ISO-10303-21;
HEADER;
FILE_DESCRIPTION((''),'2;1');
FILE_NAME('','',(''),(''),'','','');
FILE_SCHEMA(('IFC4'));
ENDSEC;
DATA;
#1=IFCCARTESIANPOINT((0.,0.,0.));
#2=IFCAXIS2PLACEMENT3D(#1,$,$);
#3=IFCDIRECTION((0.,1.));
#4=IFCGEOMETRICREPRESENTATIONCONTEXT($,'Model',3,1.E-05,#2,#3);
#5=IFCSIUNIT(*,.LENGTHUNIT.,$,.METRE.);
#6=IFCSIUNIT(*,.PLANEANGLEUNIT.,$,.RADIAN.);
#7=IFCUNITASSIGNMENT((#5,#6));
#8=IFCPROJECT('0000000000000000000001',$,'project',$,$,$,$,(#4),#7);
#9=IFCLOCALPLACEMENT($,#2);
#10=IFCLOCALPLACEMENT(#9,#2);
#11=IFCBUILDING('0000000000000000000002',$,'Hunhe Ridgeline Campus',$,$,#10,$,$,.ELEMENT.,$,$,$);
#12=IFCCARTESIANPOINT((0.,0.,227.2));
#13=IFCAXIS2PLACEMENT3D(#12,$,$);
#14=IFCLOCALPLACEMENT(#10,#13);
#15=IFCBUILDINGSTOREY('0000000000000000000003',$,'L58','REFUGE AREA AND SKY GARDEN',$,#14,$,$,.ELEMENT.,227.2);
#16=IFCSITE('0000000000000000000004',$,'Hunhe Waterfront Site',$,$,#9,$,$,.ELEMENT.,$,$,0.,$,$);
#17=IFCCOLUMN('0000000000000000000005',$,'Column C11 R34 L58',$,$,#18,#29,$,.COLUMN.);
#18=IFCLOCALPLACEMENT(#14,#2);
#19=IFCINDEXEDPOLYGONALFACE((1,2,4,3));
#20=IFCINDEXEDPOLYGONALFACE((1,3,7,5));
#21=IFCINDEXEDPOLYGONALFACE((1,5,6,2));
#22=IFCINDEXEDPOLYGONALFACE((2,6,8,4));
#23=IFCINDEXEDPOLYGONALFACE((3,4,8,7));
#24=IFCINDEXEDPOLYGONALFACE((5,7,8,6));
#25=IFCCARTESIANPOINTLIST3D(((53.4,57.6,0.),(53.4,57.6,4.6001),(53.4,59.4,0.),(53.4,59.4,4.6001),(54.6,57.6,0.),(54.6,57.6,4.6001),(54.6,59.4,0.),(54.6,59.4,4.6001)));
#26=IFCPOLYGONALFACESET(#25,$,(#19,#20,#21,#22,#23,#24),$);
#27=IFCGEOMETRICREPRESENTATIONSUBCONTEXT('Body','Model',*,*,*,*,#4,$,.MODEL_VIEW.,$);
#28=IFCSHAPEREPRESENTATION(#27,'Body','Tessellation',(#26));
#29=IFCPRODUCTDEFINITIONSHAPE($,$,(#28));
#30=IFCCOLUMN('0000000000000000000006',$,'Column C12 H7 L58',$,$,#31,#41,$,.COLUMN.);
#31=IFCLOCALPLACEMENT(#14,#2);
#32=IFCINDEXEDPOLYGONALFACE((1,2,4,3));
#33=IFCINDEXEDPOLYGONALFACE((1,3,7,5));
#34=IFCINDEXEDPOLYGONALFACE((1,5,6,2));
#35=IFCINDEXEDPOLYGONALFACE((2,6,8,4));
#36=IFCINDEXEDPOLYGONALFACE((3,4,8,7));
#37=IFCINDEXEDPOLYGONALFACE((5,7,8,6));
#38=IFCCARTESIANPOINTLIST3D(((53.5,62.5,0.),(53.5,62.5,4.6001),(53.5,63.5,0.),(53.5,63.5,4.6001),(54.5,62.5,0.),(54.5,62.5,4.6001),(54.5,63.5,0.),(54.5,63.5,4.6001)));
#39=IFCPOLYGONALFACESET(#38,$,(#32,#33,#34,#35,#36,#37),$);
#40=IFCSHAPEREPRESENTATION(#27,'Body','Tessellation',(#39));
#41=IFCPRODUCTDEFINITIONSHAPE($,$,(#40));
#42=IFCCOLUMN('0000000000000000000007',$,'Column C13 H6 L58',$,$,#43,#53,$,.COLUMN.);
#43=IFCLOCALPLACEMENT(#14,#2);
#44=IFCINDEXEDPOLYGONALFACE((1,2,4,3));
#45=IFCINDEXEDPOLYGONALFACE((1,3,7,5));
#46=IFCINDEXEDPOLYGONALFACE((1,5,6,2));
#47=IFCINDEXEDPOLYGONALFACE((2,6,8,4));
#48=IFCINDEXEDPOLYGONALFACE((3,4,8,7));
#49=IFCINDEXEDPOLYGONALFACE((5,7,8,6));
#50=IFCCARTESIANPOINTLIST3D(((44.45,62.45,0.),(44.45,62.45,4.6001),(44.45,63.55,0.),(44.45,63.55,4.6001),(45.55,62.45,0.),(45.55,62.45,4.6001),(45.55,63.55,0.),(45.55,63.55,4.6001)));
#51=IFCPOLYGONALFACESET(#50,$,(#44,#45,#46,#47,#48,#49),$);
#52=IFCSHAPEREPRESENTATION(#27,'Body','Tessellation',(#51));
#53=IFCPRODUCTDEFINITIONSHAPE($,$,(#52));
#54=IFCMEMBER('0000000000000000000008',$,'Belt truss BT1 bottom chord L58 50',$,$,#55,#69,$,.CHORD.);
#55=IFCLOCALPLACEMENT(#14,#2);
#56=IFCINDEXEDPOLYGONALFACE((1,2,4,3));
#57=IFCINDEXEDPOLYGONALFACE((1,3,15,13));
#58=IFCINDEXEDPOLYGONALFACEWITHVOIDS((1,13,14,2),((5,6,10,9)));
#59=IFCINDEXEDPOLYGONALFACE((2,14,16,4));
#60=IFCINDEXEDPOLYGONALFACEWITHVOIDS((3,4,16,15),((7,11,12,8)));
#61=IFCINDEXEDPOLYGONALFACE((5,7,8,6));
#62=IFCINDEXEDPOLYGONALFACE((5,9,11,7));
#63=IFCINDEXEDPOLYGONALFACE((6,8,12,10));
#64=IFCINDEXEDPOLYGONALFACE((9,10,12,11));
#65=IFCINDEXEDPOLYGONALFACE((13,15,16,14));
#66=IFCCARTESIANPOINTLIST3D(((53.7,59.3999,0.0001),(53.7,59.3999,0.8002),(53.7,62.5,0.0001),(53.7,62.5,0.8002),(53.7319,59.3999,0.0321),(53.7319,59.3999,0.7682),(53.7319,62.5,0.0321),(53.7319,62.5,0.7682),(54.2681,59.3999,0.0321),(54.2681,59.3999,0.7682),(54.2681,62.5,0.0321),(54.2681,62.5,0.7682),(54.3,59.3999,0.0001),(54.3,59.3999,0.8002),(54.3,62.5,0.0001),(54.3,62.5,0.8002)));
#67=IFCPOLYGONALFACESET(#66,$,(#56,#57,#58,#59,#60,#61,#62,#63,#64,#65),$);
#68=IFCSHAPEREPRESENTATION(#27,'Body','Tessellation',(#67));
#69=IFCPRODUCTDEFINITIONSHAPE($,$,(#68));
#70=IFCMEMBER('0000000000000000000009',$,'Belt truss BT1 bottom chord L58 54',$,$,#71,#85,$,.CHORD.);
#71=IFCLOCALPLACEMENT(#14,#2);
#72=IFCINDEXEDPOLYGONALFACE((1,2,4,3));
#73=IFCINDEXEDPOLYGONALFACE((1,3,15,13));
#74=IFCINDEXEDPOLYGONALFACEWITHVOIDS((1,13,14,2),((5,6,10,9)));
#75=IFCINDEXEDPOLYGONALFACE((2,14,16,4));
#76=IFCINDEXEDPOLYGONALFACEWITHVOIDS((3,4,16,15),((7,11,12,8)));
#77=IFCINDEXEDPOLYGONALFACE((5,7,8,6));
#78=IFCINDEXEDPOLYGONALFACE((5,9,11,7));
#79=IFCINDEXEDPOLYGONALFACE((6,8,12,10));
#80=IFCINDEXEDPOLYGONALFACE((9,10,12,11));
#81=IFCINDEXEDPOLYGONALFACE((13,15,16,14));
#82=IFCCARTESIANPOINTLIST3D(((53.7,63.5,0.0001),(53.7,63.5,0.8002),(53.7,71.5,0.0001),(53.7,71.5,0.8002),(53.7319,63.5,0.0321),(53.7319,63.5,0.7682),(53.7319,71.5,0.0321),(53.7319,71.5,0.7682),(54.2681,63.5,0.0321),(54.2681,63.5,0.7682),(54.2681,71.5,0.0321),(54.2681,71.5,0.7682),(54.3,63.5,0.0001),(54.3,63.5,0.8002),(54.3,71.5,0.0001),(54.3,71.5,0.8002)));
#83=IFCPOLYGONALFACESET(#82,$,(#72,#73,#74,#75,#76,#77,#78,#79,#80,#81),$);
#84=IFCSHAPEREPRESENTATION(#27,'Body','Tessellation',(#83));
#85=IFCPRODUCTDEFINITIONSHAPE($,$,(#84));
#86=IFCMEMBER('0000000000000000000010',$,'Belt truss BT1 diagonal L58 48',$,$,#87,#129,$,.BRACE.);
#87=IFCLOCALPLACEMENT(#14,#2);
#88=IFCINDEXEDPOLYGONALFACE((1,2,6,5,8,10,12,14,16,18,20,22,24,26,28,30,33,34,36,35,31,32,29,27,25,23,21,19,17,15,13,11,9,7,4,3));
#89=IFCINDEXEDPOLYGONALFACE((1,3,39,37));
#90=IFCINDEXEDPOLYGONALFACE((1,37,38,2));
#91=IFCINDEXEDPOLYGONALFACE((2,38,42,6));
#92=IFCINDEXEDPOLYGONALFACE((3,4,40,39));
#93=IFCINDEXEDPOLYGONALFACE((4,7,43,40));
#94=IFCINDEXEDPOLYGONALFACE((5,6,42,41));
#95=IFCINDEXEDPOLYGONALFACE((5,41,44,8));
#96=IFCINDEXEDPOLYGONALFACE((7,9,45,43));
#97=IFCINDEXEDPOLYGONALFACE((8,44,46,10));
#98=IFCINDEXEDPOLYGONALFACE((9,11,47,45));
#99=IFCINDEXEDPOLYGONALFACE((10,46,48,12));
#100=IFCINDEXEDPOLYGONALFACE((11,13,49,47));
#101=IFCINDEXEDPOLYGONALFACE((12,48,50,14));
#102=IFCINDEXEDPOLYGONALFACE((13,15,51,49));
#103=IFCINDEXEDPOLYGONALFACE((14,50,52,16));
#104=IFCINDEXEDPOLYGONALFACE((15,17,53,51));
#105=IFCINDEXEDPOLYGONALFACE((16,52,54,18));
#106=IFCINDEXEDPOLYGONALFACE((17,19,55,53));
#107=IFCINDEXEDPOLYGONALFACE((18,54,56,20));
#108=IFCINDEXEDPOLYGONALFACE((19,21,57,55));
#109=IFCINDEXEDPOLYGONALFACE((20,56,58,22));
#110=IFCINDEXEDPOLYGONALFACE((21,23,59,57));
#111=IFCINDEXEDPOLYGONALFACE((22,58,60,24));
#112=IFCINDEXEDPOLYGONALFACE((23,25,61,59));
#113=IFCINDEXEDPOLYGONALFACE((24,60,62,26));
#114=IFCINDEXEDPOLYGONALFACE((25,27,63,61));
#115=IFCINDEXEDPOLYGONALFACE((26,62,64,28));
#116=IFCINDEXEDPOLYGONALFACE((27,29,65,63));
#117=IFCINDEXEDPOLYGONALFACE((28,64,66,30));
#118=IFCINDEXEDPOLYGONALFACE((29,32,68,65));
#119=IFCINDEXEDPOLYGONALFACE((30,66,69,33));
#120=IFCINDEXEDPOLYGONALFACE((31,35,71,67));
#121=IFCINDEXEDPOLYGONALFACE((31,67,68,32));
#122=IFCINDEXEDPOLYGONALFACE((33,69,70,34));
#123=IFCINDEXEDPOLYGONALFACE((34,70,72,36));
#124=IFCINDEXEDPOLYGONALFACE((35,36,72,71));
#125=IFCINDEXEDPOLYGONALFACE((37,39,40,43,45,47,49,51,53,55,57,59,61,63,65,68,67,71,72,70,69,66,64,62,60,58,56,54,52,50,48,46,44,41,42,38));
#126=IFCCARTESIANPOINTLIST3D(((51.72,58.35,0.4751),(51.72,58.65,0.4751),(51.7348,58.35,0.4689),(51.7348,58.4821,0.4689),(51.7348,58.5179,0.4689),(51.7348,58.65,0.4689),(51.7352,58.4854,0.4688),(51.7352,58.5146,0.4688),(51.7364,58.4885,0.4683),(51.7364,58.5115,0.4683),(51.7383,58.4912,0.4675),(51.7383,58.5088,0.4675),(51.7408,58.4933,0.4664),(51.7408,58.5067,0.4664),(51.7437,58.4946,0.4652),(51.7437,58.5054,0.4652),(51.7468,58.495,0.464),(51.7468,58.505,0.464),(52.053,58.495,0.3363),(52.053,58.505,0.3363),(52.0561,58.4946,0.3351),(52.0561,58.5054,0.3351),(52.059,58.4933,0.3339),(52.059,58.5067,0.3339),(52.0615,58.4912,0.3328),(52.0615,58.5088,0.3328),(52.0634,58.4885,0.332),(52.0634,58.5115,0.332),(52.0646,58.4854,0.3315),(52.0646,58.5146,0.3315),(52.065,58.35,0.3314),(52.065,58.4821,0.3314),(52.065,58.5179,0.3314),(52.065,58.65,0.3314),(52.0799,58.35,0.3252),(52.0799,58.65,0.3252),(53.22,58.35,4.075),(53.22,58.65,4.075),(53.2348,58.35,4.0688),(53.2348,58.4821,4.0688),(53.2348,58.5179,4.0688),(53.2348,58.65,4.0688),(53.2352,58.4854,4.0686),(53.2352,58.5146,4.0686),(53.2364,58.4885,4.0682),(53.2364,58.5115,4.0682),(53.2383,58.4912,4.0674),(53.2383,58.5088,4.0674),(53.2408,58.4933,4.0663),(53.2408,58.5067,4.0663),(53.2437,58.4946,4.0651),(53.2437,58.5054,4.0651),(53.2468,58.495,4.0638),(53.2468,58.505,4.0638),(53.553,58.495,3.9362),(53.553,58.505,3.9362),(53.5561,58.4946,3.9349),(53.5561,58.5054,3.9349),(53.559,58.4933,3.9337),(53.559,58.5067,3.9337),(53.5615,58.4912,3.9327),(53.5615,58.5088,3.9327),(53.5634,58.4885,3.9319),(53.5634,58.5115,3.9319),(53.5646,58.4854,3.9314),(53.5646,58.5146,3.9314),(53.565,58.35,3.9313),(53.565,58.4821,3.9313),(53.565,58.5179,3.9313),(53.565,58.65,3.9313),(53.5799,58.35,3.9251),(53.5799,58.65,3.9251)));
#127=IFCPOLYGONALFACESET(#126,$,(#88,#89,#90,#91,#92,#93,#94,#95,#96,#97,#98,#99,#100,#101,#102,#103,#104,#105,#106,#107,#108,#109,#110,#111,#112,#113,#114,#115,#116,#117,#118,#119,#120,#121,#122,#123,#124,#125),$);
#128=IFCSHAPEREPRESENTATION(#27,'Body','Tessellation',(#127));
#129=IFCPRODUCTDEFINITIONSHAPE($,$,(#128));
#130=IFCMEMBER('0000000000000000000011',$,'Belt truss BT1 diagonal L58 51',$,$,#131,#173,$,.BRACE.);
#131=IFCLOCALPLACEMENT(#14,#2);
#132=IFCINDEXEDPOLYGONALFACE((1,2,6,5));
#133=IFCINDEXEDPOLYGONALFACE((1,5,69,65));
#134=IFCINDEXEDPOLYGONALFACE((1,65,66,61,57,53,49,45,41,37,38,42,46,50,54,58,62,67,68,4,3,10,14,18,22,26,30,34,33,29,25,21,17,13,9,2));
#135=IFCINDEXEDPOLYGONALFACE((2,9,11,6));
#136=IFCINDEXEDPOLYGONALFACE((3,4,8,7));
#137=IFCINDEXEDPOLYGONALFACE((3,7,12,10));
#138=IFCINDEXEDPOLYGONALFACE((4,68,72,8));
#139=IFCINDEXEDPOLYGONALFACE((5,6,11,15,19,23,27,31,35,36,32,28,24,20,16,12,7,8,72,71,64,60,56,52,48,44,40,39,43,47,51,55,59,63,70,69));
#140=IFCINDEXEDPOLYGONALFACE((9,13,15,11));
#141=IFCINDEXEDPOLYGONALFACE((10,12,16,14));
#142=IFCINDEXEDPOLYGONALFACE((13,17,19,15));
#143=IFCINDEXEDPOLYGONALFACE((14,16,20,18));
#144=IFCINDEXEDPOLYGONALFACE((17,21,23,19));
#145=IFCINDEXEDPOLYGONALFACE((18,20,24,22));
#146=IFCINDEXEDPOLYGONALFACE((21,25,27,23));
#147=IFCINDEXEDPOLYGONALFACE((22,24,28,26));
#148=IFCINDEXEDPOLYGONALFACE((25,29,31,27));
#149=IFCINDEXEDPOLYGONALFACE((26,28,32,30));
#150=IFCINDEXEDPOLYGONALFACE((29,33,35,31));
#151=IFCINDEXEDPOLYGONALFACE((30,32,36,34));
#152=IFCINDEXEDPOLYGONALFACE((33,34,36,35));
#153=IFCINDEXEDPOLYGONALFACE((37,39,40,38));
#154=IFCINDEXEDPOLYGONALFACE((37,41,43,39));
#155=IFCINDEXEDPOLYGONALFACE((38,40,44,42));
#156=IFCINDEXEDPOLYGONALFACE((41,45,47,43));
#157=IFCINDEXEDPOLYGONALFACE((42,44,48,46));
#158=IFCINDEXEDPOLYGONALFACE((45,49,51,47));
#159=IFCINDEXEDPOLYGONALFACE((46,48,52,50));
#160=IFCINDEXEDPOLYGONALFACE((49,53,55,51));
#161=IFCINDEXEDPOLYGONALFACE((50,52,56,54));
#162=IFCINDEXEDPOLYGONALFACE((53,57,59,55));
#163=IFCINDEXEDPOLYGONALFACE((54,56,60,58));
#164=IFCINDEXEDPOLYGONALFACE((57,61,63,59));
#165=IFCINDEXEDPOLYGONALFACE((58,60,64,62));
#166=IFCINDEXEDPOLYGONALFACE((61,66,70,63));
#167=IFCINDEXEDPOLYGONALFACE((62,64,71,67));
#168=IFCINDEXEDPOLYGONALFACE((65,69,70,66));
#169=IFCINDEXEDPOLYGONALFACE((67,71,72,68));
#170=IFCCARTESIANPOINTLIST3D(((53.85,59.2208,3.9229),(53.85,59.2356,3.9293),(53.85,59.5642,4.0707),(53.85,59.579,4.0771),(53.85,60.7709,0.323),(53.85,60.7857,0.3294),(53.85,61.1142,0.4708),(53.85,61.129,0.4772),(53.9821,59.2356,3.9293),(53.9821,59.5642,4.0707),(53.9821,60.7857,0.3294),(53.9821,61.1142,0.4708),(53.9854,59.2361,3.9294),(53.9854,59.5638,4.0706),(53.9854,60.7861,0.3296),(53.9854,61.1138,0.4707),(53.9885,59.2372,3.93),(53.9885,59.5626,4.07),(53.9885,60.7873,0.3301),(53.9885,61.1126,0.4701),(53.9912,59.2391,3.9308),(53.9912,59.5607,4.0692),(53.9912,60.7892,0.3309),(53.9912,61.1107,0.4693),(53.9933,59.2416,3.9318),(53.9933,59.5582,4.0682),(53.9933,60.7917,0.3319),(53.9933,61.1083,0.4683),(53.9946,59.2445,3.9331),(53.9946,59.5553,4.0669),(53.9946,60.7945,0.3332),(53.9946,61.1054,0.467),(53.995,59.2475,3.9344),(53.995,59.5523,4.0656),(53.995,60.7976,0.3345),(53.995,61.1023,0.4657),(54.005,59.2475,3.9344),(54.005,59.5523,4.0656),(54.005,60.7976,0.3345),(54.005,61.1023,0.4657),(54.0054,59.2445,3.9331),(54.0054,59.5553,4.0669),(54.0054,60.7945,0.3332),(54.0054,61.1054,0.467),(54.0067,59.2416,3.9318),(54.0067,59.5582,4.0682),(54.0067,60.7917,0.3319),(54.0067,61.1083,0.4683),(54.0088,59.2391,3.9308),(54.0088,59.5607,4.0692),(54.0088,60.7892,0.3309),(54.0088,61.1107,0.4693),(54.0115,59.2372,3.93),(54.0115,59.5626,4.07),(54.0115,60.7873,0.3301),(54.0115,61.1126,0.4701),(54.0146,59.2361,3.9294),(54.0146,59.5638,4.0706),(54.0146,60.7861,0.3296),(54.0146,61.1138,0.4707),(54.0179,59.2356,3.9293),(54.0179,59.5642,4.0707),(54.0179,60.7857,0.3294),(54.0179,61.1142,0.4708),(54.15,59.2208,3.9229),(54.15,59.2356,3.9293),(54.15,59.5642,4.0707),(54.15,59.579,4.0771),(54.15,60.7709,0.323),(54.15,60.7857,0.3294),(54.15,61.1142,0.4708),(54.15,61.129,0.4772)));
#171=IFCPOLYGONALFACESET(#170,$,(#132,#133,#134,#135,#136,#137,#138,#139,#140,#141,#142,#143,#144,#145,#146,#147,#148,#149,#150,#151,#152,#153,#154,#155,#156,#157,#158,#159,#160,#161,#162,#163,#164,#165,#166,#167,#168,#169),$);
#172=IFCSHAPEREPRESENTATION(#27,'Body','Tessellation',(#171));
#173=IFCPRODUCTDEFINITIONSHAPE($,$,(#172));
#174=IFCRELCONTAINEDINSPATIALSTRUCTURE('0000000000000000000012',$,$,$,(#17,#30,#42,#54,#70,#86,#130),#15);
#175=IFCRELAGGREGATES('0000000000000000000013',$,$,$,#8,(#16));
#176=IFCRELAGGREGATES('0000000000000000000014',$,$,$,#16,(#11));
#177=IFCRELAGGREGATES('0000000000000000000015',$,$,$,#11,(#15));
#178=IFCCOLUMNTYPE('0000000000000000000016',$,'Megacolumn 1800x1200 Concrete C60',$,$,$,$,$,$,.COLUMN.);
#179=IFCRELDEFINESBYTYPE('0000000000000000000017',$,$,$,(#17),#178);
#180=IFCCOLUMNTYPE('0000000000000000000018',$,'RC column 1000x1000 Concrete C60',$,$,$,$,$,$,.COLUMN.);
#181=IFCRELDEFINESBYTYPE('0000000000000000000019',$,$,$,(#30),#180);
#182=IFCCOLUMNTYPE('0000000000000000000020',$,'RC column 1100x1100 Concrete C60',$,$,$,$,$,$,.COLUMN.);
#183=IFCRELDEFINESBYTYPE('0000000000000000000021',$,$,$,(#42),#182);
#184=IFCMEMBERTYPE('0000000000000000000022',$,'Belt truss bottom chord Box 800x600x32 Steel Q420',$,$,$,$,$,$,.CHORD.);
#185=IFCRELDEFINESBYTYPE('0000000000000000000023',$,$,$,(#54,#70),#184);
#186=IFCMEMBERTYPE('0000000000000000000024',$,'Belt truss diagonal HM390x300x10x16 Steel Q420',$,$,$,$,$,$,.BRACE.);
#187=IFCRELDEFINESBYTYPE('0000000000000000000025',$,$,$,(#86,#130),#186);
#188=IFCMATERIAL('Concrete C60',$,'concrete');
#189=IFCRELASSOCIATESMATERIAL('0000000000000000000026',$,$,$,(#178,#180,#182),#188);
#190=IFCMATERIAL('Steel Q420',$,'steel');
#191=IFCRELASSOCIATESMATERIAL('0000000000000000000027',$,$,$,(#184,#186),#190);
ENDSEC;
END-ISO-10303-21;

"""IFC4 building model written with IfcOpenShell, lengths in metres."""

from ifc_helpers import new_model, si_unit, direction, frame, origin, origin_2d, place, context, subcontext, project, spatial, rectangle, hollow_rectangle, i_section, extrude, material, material_profile, profile_set, type_object, element, save


model = new_model("IFC4")

# Units and contexts
model_context = context("Model", 3, precision=1e-05, world=origin(), true_north=direction((0.0, 1.0)))
body_context = subcontext(model_context, "Body", "Model", "MODEL_VIEW")
ifc_project = project(units=[si_unit("LENGTHUNIT", "METRE"), si_unit("PLANEANGLEUNIT", "RADIAN")], contexts=[model_context])

# Site, building, storey
site_placement = place(None, origin())
site = spatial("IfcSite", under=ifc_project, at=site_placement, Name="Hunhe Waterfront Site", CompositionType="ELEMENT", RefElevation=0.0)
building_placement = place(site_placement, origin())
building = spatial("IfcBuilding", under=site, at=building_placement, Name="Hunhe Ridgeline Campus", CompositionType="ELEMENT")
storey_placement = place(building_placement, frame((0.0, 0.0, 227.2)))
storey = spatial("IfcBuildingStorey", under=building, at=storey_placement, Name="L58", Description="REFUGE AREA AND SKY GARDEN", CompositionType="ELEMENT", Elevation=227.2)

# Columns
ifc_material_1 = material(Name="Concrete C60", Category="concrete")
ifc_material_profile_1 = material_profile(ifc_material_1, rectangle(XDim=1.8, YDim=1.2, at=origin_2d()))
ifc_profile_set_1 = profile_set([ifc_material_profile_1], Name="Concrete C60")
column_type_1 = type_object("IfcColumnType", Name="Megacolumn 1800x1200 Concrete C60", PredefinedType="COLUMN", material=ifc_profile_set_1)
column_1_placement = place(storey_placement, frame((54.0, 58.5, 0.0), z_axis=(0.0, 0.0, 1.0), x_axis=(0.0, 1.0, 0.0)))
element("IfcColumn", 1, at=column_1_placement, inside=storey, type_object=column_type_1, Name="Column C11 R34 L58", PredefinedType="COLUMN", context=body_context, shape_type="SweptSolid", body=[
    extrude(rectangle(XDim=1.8, YDim=1.2, at=origin_2d()), origin(), (0.0, 0.0, 1.0), 4.6001),
])
ifc_material_profile_2 = material_profile(ifc_material_1, rectangle(XDim=1.0, YDim=1.0, at=origin_2d()))
ifc_profile_set_2 = profile_set([ifc_material_profile_2], Name="Concrete C60")
column_type_2 = type_object("IfcColumnType", Name="RC column 1000x1000 Concrete C60", PredefinedType="COLUMN", material=ifc_profile_set_2)
column_2_placement = place(storey_placement, frame((54.0, 63.0, 0.0), z_axis=(0.0, 0.0, 1.0), x_axis=(1.0, 0.0, 0.0)))
element("IfcColumn", 2, at=column_2_placement, inside=storey, type_object=column_type_2, Name="Column C12 H7 L58", PredefinedType="COLUMN", context=body_context, shape_type="SweptSolid", body=[
    extrude(rectangle(XDim=1.0, YDim=1.0, at=origin_2d()), origin(), (0.0, 0.0, 1.0), 4.6001),
])
ifc_material_profile_3 = material_profile(ifc_material_1, rectangle(XDim=1.1001, YDim=1.1001, at=origin_2d()))
ifc_profile_set_3 = profile_set([ifc_material_profile_3], Name="Concrete C60")
column_type_3 = type_object("IfcColumnType", Name="RC column 1100x1100 Concrete C60", PredefinedType="COLUMN", material=ifc_profile_set_3)
column_3_placement = place(storey_placement, frame((45.0, 63.0, 0.0), z_axis=(0.0, 0.0, 1.0), x_axis=(1.0, 0.0, 0.0)))
element("IfcColumn", 3, at=column_3_placement, inside=storey, type_object=column_type_3, Name="Column C13 H6 L58", PredefinedType="COLUMN", context=body_context, shape_type="SweptSolid", body=[
    extrude(rectangle(XDim=1.1001, YDim=1.1001, at=origin_2d()), origin(), (0.0, 0.0, 1.0), 4.6001),
])

# Members
ifc_material_2 = material(Name="Steel Q420", Category="steel")
ifc_material_profile_4 = material_profile(ifc_material_2, hollow_rectangle(XDim=0.6001, YDim=0.8, WallThickness=0.032, at=origin_2d()))
ifc_profile_set_4 = profile_set([ifc_material_profile_4], Name="Steel Q420")
member_type_1 = type_object("IfcMemberType", Name="Belt truss bottom chord Box 800x600x32 Steel Q420", PredefinedType="CHORD", material=ifc_profile_set_4)
member_1_placement = place(storey_placement, frame((54.0, 59.3999, 0.4001), z_axis=(0.0, 1.0, 0.0), x_axis=(-1.0, 0.0, 0.0)))
element("IfcMember", 4, at=member_1_placement, inside=storey, type_object=member_type_1, Name="Belt truss BT1 bottom chord L58 50", PredefinedType="CHORD", context=body_context, shape_type="SweptSolid", body=[
    extrude(hollow_rectangle(XDim=0.6001, YDim=0.8, WallThickness=0.032, at=origin_2d()), origin(), (0.0, 0.0, 1.0), 3.1001),
])
member_2_placement = place(storey_placement, frame((54.0, 63.5, 0.4001), z_axis=(0.0, 1.0, 0.0), x_axis=(-1.0, 0.0, 0.0)))
element("IfcMember", 5, at=member_2_placement, inside=storey, type_object=member_type_1, Name="Belt truss BT1 bottom chord L58 54", PredefinedType="CHORD", context=body_context, shape_type="SweptSolid", body=[
    extrude(hollow_rectangle(XDim=0.6001, YDim=0.8, WallThickness=0.032, at=origin_2d()), origin(), (0.0, 0.0, 1.0), 8.0),
])
ifc_material_profile_5 = material_profile(ifc_material_2, i_section(OverallWidth=0.3, OverallDepth=0.3899, WebThickness=0.01, FlangeThickness=0.0161, FilletRadius=0.0129, at=origin_2d()))
ifc_profile_set_5 = profile_set([ifc_material_profile_5], Name="Steel Q420")
member_type_2 = type_object("IfcMemberType", Name="Belt truss diagonal HM390x300x10x16 Steel Q420", PredefinedType="BRACE", material=ifc_profile_set_5)
member_3_placement = place(storey_placement, frame((51.8999, 58.5, 0.4001), z_axis=(0.384629, 0.0, 0.923071), x_axis=(0.0, 1.0, 0.0)))
element("IfcMember", 6, at=member_3_placement, inside=storey, type_object=member_type_2, Name="Belt truss BT1 diagonal L58 48", PredefinedType="BRACE", context=body_context, shape_type="SweptSolid", body=[
    extrude(i_section(OverallWidth=0.3, OverallDepth=0.3899, WebThickness=0.01, FlangeThickness=0.0161, FilletRadius=0.0129, at=origin_2d()), origin(), (0.0, 0.0, 1.0), 3.8999),
])
for number, where, z_axis, x_axis, name in (
    (7, (54.0, 59.3999, 4.0), (0.0, 0.395482, -0.918474), (-1.0, 0.0, 0.0), "Belt truss BT1 diagonal L58 51"),
):
    element("IfcMember", number, at=place(storey_placement, frame(where, z_axis=z_axis, x_axis=x_axis)), inside=storey, type_object=member_type_2, Name=name, PredefinedType="BRACE", context=body_context, shape_type="SweptSolid", body=[
        extrude(i_section(OverallWidth=0.3, OverallDepth=0.3899, WebThickness=0.01, FlangeThickness=0.0161, FilletRadius=0.0129, at=origin_2d()), origin(), (0.0, 0.0, 1.0), 3.9194),
    ])

save(model, "model.ifc")
